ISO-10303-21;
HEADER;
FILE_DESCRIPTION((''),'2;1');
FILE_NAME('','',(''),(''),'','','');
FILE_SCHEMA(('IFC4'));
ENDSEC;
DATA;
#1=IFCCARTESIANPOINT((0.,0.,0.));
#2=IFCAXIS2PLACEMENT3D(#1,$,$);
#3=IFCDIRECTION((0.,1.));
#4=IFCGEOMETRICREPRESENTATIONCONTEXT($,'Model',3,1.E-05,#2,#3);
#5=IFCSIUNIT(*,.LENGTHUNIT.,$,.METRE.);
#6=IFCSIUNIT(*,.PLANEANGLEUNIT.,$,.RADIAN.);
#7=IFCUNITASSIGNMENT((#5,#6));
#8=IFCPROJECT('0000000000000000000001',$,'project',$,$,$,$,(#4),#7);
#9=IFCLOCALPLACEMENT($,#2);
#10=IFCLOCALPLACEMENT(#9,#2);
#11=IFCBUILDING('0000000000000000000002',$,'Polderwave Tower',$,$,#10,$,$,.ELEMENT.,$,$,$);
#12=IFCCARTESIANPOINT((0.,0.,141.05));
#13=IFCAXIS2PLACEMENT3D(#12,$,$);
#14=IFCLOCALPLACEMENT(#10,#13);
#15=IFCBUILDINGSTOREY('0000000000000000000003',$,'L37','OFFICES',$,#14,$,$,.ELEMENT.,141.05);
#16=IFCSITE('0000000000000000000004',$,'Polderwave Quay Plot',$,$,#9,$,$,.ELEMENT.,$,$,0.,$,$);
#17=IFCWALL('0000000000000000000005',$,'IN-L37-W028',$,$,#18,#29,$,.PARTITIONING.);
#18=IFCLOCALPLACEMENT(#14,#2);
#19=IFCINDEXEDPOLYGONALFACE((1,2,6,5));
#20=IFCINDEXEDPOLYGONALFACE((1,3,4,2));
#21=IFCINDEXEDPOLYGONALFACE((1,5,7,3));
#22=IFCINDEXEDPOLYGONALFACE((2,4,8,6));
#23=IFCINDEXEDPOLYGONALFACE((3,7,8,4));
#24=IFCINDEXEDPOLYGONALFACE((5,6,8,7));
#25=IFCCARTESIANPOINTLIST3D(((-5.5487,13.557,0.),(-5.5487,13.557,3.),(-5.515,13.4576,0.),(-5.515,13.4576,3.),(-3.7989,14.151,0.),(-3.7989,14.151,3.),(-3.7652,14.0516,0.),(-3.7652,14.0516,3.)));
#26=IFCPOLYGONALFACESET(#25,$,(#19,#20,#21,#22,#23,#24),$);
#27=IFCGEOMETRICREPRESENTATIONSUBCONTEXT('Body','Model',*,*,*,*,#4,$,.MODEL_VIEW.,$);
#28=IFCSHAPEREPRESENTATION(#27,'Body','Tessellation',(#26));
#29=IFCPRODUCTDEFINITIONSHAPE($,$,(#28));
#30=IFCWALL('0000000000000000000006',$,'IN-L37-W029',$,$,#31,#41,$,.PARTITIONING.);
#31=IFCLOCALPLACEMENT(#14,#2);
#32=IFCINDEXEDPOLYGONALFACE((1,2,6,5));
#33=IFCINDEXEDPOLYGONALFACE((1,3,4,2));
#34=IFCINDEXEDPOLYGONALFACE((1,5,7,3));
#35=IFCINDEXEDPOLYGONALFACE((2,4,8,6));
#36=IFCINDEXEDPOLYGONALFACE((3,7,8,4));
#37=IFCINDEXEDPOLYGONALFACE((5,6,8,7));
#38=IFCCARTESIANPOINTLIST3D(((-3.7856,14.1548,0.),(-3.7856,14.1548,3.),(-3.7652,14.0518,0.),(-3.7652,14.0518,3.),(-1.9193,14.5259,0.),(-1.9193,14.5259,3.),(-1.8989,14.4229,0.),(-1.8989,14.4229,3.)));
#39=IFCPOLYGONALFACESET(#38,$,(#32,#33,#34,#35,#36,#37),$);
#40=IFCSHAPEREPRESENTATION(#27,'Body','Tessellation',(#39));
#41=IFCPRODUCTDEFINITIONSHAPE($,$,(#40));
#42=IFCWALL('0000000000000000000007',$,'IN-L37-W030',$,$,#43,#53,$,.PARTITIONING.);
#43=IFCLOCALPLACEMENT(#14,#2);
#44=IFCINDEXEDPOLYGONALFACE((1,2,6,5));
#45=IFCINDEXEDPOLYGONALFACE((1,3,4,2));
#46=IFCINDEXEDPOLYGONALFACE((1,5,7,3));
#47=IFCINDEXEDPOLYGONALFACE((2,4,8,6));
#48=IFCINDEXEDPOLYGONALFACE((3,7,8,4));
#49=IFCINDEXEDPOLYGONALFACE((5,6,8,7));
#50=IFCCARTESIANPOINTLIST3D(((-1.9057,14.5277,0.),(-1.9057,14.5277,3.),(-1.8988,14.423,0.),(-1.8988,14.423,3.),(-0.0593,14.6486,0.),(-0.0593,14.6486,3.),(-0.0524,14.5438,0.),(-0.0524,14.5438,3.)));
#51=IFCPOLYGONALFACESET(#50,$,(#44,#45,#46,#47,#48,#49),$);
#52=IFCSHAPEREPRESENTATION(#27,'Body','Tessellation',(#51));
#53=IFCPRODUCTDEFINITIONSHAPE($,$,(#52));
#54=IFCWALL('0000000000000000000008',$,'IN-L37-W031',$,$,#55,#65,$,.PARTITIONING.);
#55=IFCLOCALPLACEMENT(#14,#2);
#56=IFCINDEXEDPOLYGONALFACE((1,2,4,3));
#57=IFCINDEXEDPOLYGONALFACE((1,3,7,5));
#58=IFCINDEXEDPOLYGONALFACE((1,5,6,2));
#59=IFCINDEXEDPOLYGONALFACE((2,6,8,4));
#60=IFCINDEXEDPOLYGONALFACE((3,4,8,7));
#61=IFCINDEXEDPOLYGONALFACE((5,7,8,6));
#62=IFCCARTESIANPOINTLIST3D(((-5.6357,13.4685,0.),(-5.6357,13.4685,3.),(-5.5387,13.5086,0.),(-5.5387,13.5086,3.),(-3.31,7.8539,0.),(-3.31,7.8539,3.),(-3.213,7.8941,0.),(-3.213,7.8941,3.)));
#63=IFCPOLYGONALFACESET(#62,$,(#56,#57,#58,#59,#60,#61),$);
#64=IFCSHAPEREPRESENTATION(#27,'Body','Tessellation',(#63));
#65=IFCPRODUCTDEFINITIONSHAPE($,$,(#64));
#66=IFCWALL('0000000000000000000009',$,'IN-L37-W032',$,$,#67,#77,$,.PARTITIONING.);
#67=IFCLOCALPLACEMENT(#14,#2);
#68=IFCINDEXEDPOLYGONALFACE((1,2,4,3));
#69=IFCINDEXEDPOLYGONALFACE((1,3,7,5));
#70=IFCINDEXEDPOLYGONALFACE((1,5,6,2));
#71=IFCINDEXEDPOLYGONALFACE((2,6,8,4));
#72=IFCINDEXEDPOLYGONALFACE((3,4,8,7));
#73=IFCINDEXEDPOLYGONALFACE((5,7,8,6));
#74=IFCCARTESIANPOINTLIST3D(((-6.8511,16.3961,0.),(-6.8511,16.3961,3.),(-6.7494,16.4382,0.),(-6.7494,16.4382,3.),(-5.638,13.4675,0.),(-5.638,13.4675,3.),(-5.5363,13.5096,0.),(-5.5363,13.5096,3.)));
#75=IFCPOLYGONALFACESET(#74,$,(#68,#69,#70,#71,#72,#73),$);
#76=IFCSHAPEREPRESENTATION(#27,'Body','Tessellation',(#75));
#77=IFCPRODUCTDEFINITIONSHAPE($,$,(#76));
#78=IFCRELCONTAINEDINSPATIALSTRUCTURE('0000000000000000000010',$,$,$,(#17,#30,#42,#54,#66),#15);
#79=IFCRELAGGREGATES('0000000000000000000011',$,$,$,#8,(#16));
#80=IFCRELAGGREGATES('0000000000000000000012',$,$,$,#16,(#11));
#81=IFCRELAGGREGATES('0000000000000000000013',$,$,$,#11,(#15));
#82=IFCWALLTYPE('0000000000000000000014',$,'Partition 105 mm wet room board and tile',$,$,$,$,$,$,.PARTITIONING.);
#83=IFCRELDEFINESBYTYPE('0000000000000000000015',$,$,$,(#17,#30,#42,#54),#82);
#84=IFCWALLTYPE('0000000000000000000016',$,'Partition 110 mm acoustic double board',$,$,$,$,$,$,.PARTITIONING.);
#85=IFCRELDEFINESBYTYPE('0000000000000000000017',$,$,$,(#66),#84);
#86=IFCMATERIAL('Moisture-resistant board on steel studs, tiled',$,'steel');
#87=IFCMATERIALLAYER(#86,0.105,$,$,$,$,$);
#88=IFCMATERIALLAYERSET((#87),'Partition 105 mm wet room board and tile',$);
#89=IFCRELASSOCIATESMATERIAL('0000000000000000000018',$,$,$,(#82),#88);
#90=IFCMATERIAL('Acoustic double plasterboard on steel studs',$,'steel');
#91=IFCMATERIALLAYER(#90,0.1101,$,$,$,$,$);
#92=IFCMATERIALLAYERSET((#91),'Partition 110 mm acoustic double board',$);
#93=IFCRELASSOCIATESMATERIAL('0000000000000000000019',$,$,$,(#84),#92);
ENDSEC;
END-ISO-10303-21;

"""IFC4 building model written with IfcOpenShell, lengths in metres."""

from ifc_helpers import new_model, si_unit, direction, frame, frame_2d, origin, place, context, subcontext, project, spatial, rectangle, extrude, material, layer, layer_set, type_object, element, save


model = new_model("IFC4")

# Units and contexts
model_context = context("Model", 3, precision=1e-05, world=origin(), true_north=direction((0.0, 1.0)))
body_context = subcontext(model_context, "Body", "Model", "MODEL_VIEW")
ifc_project = project(units=[si_unit("LENGTHUNIT", "METRE"), si_unit("PLANEANGLEUNIT", "RADIAN")], contexts=[model_context])

# Site, building, storey
site_placement = place(None, origin())
site = spatial("IfcSite", under=ifc_project, at=site_placement, Name="Polderwave Quay Plot", CompositionType="ELEMENT", RefElevation=0.0)
building_placement = place(site_placement, origin())
building = spatial("IfcBuilding", under=site, at=building_placement, Name="Polderwave Tower", CompositionType="ELEMENT")
storey_placement = place(building_placement, frame((0.0, 0.0, 141.05)))
storey = spatial("IfcBuildingStorey", under=building, at=storey_placement, Name="L37", Description="OFFICES", CompositionType="ELEMENT", Elevation=141.05)

# Walls
ifc_material_1 = material(Name="Moisture-resistant board on steel studs, tiled", Category="steel")
ifc_layer_1 = layer(ifc_material_1, 0.105)
ifc_layer_set_1 = layer_set([ifc_layer_1], Name="Partition 105 mm wet room board and tile")
wall_type_1 = type_object("IfcWallType", Name="Partition 105 mm wet room board and tile", PredefinedType="PARTITIONING", material=ifc_layer_set_1)
wall_1_placement = place(storey_placement, frame((-5.5317, 13.5073, 0.0), z_axis=(0.0, 0.0, 1.0), x_axis=(0.946925, 0.321455, 0.0)))
element("IfcWall", 1, at=wall_1_placement, inside=storey, type_object=wall_type_1, Name="IN-L37-W028", PredefinedType="PARTITIONING", context=body_context, shape_type="SweptSolid", body=[
    extrude(rectangle(XDim=1.8479, YDim=0.105, at=frame_2d((0.9238, 0.0))), origin(), (0.0, 0.0, 1.0), 3.0),
])
wall_2_placement = place(storey_placement, frame((-3.7754, 14.1033, 0.0), z_axis=(0.0, 0.0, 1.0), x_axis=(0.980797, 0.19503, 0.0)))
element("IfcWall", 2, at=wall_2_placement, inside=storey, type_object=wall_type_1, Name="IN-L37-W029", PredefinedType="PARTITIONING", context=body_context, shape_type="SweptSolid", body=[
    extrude(rectangle(XDim=1.9028, YDim=0.105, at=frame_2d((0.9514, 0.0))), origin(), (0.0, 0.0, 1.0), 3.0),
])
wall_3_placement = place(storey_placement, frame((-1.9023, 14.4753, 0.0), z_axis=(0.0, 0.0, 1.0), x_axis=(0.997865, 0.06531, 0.0)))
element("IfcWall", 3, at=wall_3_placement, inside=storey, type_object=wall_type_1, Name="IN-L37-W030", PredefinedType="PARTITIONING", context=body_context, shape_type="SweptSolid", body=[
    extrude(rectangle(XDim=1.8503, YDim=0.105, at=frame_2d((0.9253, 0.0))), origin(), (0.0, 0.0, 1.0), 3.0),
])
wall_4_placement = place(storey_placement, frame((-3.2615, 7.874, 0.0), z_axis=(0.0, 0.0, 1.0), x_axis=(-0.382695, 0.923875, 0.0)))
element("IfcWall", 4, at=wall_4_placement, inside=storey, type_object=wall_type_1, Name="IN-L37-W031", PredefinedType="PARTITIONING", context=body_context, shape_type="SweptSolid", body=[
    extrude(rectangle(XDim=6.0771, YDim=0.105, at=frame_2d((3.0386, 0.0))), origin(), (0.0, 0.0, 1.0), 3.0),
])
ifc_material_2 = material(Name="Acoustic double plasterboard on steel studs", Category="steel")
ifc_layer_2 = layer(ifc_material_2, 0.1101)
ifc_layer_set_2 = layer_set([ifc_layer_2], Name="Partition 110 mm acoustic double board")
wall_type_2 = type_object("IfcWallType", Name="Partition 110 mm acoustic double board", PredefinedType="PARTITIONING", material=ifc_layer_set_2)
wall_5_placement = place(storey_placement, frame((-5.5872, 13.4885, 0.0), z_axis=(0.0, 0.0, 1.0), x_axis=(-0.38269, 0.923877, 0.0)))
element("IfcWall", 5, at=wall_5_placement, inside=storey, type_object=wall_type_2, Name="IN-L37-W032", PredefinedType="PARTITIONING", context=body_context, shape_type="SweptSolid", body=[
    extrude(rectangle(XDim=3.1699, YDim=0.1101, at=frame_2d((1.585, 0.0))), origin(), (0.0, 0.0, 1.0), 3.0),
])

save(model, "model.ifc")
